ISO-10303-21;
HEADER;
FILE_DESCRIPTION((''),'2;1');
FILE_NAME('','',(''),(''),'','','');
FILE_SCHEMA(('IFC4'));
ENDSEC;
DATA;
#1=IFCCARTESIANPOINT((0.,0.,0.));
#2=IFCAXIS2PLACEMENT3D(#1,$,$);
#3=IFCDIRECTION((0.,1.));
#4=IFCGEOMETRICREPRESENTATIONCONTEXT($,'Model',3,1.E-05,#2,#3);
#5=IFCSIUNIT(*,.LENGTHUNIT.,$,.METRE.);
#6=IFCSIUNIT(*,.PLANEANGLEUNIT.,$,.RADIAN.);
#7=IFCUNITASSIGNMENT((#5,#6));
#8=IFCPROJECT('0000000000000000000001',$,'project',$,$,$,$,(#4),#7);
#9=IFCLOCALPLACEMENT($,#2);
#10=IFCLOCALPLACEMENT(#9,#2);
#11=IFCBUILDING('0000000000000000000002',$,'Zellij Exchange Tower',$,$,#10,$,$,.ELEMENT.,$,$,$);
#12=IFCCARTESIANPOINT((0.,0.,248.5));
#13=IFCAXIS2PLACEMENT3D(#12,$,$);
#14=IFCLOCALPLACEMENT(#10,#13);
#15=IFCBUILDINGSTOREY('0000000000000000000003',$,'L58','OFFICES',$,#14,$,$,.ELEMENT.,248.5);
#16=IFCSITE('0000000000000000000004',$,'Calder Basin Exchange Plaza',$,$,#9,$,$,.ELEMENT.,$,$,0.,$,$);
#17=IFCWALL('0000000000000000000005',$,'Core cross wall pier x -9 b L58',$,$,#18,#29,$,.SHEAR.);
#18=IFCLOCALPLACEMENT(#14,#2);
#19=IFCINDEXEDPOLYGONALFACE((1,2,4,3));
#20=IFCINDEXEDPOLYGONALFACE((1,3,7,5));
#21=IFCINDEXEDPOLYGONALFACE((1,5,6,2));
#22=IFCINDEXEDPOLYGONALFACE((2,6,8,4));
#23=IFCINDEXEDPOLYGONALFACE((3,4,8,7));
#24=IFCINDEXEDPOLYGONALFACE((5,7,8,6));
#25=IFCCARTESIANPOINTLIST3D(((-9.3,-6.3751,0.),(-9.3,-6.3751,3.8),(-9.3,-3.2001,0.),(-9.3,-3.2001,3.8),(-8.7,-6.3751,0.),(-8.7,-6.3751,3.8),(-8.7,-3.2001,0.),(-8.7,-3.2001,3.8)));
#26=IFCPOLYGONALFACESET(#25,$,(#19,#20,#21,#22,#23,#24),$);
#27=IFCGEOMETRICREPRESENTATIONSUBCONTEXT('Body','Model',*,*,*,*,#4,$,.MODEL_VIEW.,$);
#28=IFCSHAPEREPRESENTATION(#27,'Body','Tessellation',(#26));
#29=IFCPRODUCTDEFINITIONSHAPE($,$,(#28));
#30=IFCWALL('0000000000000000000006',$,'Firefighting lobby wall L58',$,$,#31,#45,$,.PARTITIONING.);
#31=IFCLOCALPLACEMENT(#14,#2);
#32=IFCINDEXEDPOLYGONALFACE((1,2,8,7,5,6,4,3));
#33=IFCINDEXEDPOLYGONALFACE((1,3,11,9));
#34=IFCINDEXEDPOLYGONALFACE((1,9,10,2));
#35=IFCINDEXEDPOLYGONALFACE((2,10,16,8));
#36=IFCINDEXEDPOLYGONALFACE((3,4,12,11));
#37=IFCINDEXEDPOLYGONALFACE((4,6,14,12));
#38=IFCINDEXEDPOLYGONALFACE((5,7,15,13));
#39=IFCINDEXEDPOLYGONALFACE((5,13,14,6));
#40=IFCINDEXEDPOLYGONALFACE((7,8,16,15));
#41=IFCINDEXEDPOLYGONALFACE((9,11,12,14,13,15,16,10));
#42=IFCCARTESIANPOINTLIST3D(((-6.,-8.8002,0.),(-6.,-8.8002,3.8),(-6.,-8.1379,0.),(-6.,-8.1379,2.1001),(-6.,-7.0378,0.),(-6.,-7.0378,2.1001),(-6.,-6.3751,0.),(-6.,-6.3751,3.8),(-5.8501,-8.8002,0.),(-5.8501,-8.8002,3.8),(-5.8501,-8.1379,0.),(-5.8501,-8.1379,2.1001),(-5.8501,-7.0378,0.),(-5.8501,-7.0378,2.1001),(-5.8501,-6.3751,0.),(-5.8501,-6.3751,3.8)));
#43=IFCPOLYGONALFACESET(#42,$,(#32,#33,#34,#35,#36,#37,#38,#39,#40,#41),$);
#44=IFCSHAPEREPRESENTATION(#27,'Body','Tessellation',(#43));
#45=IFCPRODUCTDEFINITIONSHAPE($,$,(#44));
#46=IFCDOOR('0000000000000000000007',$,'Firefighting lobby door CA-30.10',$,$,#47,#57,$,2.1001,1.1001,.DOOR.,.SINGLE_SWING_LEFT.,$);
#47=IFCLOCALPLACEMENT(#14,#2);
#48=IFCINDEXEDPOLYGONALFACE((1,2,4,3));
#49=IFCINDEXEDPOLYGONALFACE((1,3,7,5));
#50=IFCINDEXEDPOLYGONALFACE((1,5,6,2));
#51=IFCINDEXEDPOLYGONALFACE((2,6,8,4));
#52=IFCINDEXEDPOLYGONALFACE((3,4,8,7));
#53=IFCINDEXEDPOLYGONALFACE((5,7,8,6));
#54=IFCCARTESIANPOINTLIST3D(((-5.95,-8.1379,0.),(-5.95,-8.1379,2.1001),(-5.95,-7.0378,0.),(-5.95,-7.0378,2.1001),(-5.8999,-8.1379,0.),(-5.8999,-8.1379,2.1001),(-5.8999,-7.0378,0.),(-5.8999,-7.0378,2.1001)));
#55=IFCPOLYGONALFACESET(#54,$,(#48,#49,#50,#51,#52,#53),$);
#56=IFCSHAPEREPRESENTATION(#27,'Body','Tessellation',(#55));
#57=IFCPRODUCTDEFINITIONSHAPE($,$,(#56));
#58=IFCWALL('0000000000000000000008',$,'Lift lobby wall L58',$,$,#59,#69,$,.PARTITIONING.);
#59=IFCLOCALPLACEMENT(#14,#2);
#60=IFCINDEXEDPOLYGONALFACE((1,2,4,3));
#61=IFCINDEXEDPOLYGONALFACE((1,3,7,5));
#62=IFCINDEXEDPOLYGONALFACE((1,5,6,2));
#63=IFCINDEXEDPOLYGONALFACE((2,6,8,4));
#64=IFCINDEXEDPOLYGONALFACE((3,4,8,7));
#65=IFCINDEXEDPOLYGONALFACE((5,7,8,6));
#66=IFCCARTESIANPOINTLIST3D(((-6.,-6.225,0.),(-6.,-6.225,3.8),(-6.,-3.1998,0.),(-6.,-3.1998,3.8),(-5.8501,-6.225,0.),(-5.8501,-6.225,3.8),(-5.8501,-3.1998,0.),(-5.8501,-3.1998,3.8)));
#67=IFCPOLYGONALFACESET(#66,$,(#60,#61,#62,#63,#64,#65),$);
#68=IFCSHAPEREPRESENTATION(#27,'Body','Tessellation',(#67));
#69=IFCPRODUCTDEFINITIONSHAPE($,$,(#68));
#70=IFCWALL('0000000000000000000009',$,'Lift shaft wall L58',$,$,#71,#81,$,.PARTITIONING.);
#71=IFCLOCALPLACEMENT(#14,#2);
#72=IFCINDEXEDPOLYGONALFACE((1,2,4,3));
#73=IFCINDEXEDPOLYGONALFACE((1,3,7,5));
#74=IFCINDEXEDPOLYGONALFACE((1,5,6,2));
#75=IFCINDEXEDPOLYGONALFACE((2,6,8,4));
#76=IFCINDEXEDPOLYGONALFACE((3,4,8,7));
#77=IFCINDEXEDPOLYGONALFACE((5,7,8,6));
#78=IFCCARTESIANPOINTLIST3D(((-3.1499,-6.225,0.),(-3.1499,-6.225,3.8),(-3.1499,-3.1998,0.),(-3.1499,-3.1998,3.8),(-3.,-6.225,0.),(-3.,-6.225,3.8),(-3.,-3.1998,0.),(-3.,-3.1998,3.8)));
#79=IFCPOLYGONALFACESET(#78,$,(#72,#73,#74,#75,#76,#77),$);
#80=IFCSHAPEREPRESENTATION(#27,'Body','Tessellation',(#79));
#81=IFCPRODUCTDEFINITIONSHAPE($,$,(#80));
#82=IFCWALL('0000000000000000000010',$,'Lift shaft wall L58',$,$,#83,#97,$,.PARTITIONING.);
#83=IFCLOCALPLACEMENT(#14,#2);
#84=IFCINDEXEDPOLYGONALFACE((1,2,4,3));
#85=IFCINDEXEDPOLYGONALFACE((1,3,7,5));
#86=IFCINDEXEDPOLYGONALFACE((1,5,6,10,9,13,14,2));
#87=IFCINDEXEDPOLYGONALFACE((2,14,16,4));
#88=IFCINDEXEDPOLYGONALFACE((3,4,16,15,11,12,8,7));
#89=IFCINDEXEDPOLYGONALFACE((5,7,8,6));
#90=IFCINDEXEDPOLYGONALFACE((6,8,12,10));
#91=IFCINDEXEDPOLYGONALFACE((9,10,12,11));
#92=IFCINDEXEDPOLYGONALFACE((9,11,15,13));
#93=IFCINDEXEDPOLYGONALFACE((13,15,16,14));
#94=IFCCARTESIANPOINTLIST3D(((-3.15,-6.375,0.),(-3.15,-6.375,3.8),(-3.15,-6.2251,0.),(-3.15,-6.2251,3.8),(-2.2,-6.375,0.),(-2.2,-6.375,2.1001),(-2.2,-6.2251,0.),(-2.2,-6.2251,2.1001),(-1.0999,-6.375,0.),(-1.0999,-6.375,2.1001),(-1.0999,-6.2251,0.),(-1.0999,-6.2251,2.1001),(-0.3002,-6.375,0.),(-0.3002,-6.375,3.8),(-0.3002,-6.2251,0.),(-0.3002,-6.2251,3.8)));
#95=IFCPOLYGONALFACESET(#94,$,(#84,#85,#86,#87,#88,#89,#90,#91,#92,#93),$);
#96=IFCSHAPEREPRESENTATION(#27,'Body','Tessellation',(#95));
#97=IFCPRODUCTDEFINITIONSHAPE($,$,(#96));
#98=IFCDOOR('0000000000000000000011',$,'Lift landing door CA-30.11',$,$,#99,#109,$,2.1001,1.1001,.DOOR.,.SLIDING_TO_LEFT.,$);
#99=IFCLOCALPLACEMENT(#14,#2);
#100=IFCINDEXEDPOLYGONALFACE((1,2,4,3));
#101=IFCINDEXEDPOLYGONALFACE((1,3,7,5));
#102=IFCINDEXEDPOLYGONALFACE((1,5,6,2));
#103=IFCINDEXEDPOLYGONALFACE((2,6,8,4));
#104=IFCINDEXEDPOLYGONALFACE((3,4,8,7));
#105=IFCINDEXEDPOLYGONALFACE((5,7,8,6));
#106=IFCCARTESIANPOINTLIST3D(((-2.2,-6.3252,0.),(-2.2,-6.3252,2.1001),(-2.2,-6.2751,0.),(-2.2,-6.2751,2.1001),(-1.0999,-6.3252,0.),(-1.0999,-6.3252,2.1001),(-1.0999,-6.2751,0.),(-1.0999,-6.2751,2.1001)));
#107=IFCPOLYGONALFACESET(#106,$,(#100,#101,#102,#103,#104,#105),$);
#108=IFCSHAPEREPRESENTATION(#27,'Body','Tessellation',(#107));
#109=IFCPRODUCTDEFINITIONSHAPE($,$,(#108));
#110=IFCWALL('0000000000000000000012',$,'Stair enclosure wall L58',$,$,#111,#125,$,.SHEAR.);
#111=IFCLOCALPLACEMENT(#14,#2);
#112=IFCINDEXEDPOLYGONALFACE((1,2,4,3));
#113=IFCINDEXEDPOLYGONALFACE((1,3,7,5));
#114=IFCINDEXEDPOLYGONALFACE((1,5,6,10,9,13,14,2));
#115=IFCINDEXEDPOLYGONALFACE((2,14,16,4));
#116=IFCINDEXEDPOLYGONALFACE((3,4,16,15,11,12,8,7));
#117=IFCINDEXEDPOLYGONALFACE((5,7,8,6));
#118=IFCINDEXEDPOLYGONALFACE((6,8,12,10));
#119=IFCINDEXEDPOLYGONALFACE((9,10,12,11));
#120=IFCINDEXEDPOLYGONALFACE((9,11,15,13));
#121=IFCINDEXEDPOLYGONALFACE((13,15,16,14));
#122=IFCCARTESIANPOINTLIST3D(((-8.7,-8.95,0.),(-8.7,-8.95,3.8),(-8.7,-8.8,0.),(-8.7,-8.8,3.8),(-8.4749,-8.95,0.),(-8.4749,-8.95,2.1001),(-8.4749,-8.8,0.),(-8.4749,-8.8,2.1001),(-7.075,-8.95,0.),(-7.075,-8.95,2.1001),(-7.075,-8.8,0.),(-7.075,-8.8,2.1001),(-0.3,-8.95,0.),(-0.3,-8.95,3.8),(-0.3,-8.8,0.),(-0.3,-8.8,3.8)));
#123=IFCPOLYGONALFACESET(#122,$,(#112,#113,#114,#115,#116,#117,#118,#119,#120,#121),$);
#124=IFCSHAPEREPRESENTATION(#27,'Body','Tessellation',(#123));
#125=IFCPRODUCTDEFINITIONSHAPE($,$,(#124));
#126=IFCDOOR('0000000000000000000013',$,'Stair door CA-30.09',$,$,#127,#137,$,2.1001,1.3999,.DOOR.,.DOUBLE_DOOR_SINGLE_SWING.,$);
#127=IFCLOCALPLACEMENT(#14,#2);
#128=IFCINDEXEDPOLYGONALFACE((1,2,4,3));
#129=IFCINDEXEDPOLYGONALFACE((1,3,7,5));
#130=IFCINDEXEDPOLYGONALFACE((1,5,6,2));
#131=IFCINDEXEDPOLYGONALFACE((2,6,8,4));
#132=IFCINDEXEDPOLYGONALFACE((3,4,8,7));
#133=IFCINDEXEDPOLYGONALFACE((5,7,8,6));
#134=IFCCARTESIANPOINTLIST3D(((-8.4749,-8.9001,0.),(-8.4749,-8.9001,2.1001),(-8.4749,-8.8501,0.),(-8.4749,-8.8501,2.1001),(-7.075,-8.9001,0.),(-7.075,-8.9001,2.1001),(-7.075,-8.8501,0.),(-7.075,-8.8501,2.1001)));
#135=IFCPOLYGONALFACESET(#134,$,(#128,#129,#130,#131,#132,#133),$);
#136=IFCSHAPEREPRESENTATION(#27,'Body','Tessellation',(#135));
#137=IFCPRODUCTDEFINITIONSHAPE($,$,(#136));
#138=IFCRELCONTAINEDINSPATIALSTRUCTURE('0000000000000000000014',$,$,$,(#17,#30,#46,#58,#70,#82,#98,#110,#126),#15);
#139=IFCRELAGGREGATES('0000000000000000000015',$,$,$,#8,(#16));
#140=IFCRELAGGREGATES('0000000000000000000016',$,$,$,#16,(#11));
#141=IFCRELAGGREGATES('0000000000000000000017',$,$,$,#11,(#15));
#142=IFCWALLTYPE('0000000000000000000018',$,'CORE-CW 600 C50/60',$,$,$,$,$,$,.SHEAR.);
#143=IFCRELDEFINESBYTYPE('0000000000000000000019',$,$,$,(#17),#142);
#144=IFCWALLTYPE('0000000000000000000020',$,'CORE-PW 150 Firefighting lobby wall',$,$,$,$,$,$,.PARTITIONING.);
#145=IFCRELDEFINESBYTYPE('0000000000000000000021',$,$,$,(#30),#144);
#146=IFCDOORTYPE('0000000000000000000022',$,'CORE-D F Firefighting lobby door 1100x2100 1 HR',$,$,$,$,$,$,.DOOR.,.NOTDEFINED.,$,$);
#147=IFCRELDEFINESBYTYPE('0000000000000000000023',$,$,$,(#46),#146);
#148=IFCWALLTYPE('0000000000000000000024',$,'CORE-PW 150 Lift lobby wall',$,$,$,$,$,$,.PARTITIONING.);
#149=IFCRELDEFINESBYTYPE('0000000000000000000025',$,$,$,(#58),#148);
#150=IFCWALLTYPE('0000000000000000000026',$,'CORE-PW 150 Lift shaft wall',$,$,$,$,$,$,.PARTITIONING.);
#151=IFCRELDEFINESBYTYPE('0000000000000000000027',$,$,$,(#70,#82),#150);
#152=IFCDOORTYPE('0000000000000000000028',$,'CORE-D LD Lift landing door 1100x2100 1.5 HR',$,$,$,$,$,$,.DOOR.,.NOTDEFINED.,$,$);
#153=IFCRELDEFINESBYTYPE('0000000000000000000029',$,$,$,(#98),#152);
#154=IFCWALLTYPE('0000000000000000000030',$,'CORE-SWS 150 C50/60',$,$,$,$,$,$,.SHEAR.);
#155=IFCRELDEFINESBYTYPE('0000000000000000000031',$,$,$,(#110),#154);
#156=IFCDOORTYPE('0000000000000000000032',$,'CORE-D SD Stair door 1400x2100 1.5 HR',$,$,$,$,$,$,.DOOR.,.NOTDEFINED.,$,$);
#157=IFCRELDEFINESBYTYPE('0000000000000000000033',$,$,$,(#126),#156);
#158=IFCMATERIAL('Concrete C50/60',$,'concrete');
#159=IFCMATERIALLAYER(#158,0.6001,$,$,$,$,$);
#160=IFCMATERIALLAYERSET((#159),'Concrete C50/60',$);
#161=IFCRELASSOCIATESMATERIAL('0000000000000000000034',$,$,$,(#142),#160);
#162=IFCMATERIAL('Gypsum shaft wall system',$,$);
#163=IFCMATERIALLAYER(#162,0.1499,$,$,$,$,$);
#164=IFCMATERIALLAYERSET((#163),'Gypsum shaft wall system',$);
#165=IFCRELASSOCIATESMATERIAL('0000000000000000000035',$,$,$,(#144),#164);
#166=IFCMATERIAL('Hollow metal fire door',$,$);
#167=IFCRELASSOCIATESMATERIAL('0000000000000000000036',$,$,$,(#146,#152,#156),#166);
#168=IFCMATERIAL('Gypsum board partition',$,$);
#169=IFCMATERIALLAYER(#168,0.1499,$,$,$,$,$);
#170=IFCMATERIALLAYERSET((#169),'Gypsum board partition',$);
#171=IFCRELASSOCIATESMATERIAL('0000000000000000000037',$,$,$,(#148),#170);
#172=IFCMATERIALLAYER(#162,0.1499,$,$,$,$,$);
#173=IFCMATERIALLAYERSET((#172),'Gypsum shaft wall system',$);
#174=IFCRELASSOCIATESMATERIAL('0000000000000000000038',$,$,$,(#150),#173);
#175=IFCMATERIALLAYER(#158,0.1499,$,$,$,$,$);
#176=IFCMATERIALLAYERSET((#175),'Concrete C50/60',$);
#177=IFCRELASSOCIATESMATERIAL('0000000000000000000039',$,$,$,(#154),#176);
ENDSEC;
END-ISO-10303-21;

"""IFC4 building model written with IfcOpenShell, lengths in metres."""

from ifc_helpers import new_model, si_unit, direction, frame, frame_2d, origin, place, context, subcontext, project, spatial, rectangle, extrude, material, layer, layer_set, type_object, element, fill, save


model = new_model("IFC4")

# Units and contexts
model_context = context("Model", 3, precision=1e-05, world=origin(), true_north=direction((0.0, 1.0)))
body_context = subcontext(model_context, "Body", "Model", "MODEL_VIEW")
ifc_project = project(units=[si_unit("LENGTHUNIT", "METRE"), si_unit("PLANEANGLEUNIT", "RADIAN")], contexts=[model_context])

# Site, building, storey
site_placement = place(None, origin())
site = spatial("IfcSite", under=ifc_project, at=site_placement, Name="Calder Basin Exchange Plaza", CompositionType="ELEMENT", RefElevation=0.0)
building_placement = place(site_placement, origin())
building = spatial("IfcBuilding", under=site, at=building_placement, Name="Zellij Exchange Tower", CompositionType="ELEMENT")
storey_placement = place(building_placement, frame((0.0, 0.0, 248.5)))
storey = spatial("IfcBuildingStorey", under=building, at=storey_placement, Name="L58", Description="OFFICES", CompositionType="ELEMENT", Elevation=248.5)

# Shared definitions
ifc_material_1 = material(Name="Concrete C50/60", Category="concrete")

# Wall
ifc_layer_1 = layer(ifc_material_1, 0.6001)
ifc_layer_set_1 = layer_set([ifc_layer_1], Name="Concrete C50/60")
wall_type_1 = type_object("IfcWallType", Name="CORE-CW 600 C50/60", PredefinedType="SHEAR", material=ifc_layer_set_1)
wall_1_placement = place(storey_placement, frame((-9.0, -6.375, 0.0), z_axis=(0.0, 0.0, 1.0), x_axis=(0.0, 1.0, 0.0)))
element("IfcWall", 1, at=wall_1_placement, inside=storey, type_object=wall_type_1, Name="Core cross wall pier x -9 b L58", PredefinedType="SHEAR", context=body_context, shape_type="SweptSolid", body=[
    extrude(rectangle(XDim=3.175, YDim=0.6001, at=frame_2d((1.5874, 0.0))), origin(), (0.0, 0.0, 1.0), 3.8),
])

# Wall, opening, door
ifc_material_2 = material(Name="Gypsum shaft wall system")
ifc_layer_2 = layer(ifc_material_2, 0.1499)
ifc_layer_set_2 = layer_set([ifc_layer_2], Name="Gypsum shaft wall system")
wall_type_2 = type_object("IfcWallType", Name="CORE-PW 150 Firefighting lobby wall", PredefinedType="PARTITIONING", material=ifc_layer_set_2)
wall_2_placement = place(storey_placement, frame((-5.925, -8.8, 0.0), z_axis=(0.0, 0.0, 1.0), x_axis=(0.0, 1.0, 0.0)))
wall_2 = element("IfcWall", 2, at=wall_2_placement, inside=storey, type_object=wall_type_2, Name="Firefighting lobby wall L58", PredefinedType="PARTITIONING", context=body_context, shape_type="SweptSolid", body=[
    extrude(rectangle(XDim=2.425, YDim=0.1499, at=frame_2d((1.2124, 0.0))), origin(), (0.0, 0.0, 1.0), 3.8),
])
opening_1_placement = place(wall_2_placement, frame((0.6621, 0.0, 0.0)))
opening_1 = element("IfcOpeningElement", 3, at=opening_1_placement, cuts=wall_2, PredefinedType="OPENING", context=body_context, shape_type="SweptSolid", body=[
    extrude(rectangle(XDim=1.1001, YDim=2.1001, at=frame_2d((0.55, 1.05))), frame((0.0, 0.0869, 0.0), z_axis=(0.0, -1.0, 0.0), x_axis=(1.0, 0.0, 0.0)), (0.0, 0.0, 1.0), 0.1738),
])
ifc_material_3 = material(Name="Hollow metal fire door")
door_type_1 = type_object("IfcDoorType", Name="CORE-D F Firefighting lobby door 1100x2100 1 HR", OperationType="NOTDEFINED", PredefinedType="DOOR", material=ifc_material_3)
door_1_placement = place(opening_1_placement, origin())
door_1 = element("IfcDoor", 4, at=door_1_placement, inside=storey, type_object=door_type_1, Name="Firefighting lobby door CA-30.10", OperationType="SINGLE_SWING_LEFT", OverallHeight=2.1001, OverallWidth=1.1001, PredefinedType="DOOR", context=body_context, shape_type="SweptSolid", body=[
    extrude(rectangle(XDim=1.1001, YDim=2.1001, at=frame_2d((0.55, 1.05))), frame((0.0, 0.0249, 0.0), z_axis=(0.0, -1.0, 0.0), x_axis=(1.0, 0.0, 0.0)), (0.0, 0.0, 1.0), 0.05),
])
fill(opening_1, door_1)

# Walls
ifc_material_4 = material(Name="Gypsum board partition")
ifc_layer_3 = layer(ifc_material_4, 0.1499)
ifc_layer_set_3 = layer_set([ifc_layer_3], Name="Gypsum board partition")
wall_type_3 = type_object("IfcWallType", Name="CORE-PW 150 Lift lobby wall", PredefinedType="PARTITIONING", material=ifc_layer_set_3)
wall_3_placement = place(storey_placement, frame((-5.925, -6.2251, 0.0), z_axis=(0.0, 0.0, 1.0), x_axis=(0.0, 1.0, 0.0)))
element("IfcWall", 5, at=wall_3_placement, inside=storey, type_object=wall_type_3, Name="Lift lobby wall L58", PredefinedType="PARTITIONING", context=body_context, shape_type="SweptSolid", body=[
    extrude(rectangle(XDim=3.0251, YDim=0.1499, at=frame_2d((1.5127, 0.0))), origin(), (0.0, 0.0, 1.0), 3.8),
])
ifc_layer_4 = layer(ifc_material_2, 0.1499)
ifc_layer_set_4 = layer_set([ifc_layer_4], Name="Gypsum shaft wall system")
wall_type_4 = type_object("IfcWallType", Name="CORE-PW 150 Lift shaft wall", PredefinedType="PARTITIONING", material=ifc_layer_set_4)
wall_4_placement = place(storey_placement, frame((-3.075, -6.2251, 0.0), z_axis=(0.0, 0.0, 1.0), x_axis=(0.0, 1.0, 0.0)))
element("IfcWall", 6, at=wall_4_placement, inside=storey, type_object=wall_type_4, Name="Lift shaft wall L58", PredefinedType="PARTITIONING", context=body_context, shape_type="SweptSolid", body=[
    extrude(rectangle(XDim=3.0251, YDim=0.1499, at=frame_2d((1.5127, 0.0))), origin(), (0.0, 0.0, 1.0), 3.8),
])

# Walls, openings, doors
wall_5_placement = place(storey_placement, frame((-3.1499, -6.3, 0.0), z_axis=(0.0, 0.0, 1.0), x_axis=(1.0, 0.0, 0.0)))
wall_5 = element("IfcWall", 7, at=wall_5_placement, inside=storey, type_object=wall_type_4, Name="Lift shaft wall L58", PredefinedType="PARTITIONING", context=body_context, shape_type="SweptSolid", body=[
    extrude(rectangle(XDim=2.8499, YDim=0.1499, at=frame_2d((1.4248, 0.0))), origin(), (0.0, 0.0, 1.0), 3.8),
])
opening_2_placement = place(wall_5_placement, frame((0.95, 0.0, 0.0)))
opening_2 = element("IfcOpeningElement", 8, at=opening_2_placement, cuts=wall_5, PredefinedType="OPENING", context=body_context, shape_type="SweptSolid", body=[
    extrude(rectangle(XDim=1.1001, YDim=2.1001, at=frame_2d((0.55, 1.05))), frame((0.0, 0.0869, 0.0), z_axis=(0.0, -1.0, 0.0), x_axis=(1.0, 0.0, 0.0)), (0.0, 0.0, 1.0), 0.1738),
])
door_type_2 = type_object("IfcDoorType", Name="CORE-D LD Lift landing door 1100x2100 1.5 HR", OperationType="NOTDEFINED", PredefinedType="DOOR", material=ifc_material_3)
door_2_placement = place(opening_2_placement, origin())
door_2 = element("IfcDoor", 9, at=door_2_placement, inside=storey, type_object=door_type_2, Name="Lift landing door CA-30.11", OperationType="SLIDING_TO_LEFT", OverallHeight=2.1001, OverallWidth=1.1001, PredefinedType="DOOR", context=body_context, shape_type="SweptSolid", body=[
    extrude(rectangle(XDim=1.1001, YDim=2.1001, at=frame_2d((0.55, 1.05))), frame((0.0, 0.0249, 0.0), z_axis=(0.0, -1.0, 0.0), x_axis=(1.0, 0.0, 0.0)), (0.0, 0.0, 1.0), 0.05),
])
fill(opening_2, door_2)
ifc_layer_5 = layer(ifc_material_1, 0.1499)
ifc_layer_set_5 = layer_set([ifc_layer_5], Name="Concrete C50/60")
wall_type_5 = type_object("IfcWallType", Name="CORE-SWS 150 C50/60", PredefinedType="SHEAR", material=ifc_layer_set_5)
wall_6_placement = place(storey_placement, frame((-8.7, -8.875, 0.0), z_axis=(0.0, 0.0, 1.0), x_axis=(1.0, 0.0, 0.0)))
wall_6 = element("IfcWall", 10, at=wall_6_placement, inside=storey, type_object=wall_type_5, Name="Stair enclosure wall L58", PredefinedType="SHEAR", context=body_context, shape_type="SweptSolid", body=[
    extrude(rectangle(XDim=8.3999, YDim=0.1499, at=frame_2d((4.2, 0.0))), origin(), (0.0, 0.0, 1.0), 3.8),
])
opening_3_placement = place(wall_6_placement, frame((0.2251, 0.0, 0.0)))
opening_3 = element("IfcOpeningElement", 11, at=opening_3_placement, cuts=wall_6, PredefinedType="OPENING", context=body_context, shape_type="SweptSolid", body=[
    extrude(rectangle(XDim=1.3999, YDim=2.1001, at=frame_2d((0.7, 1.05))), frame((0.0, 0.0869, 0.0), z_axis=(0.0, -1.0, 0.0), x_axis=(1.0, 0.0, 0.0)), (0.0, 0.0, 1.0), 0.1738),
])
door_type_3 = type_object("IfcDoorType", Name="CORE-D SD Stair door 1400x2100 1.5 HR", OperationType="NOTDEFINED", PredefinedType="DOOR", material=ifc_material_3)
door_3_placement = place(opening_3_placement, origin())
door_3 = element("IfcDoor", 12, at=door_3_placement, inside=storey, type_object=door_type_3, Name="Stair door CA-30.09", OperationType="DOUBLE_DOOR_SINGLE_SWING", OverallHeight=2.1001, OverallWidth=1.3999, PredefinedType="DOOR", context=body_context, shape_type="SweptSolid", body=[
    extrude(rectangle(XDim=1.3999, YDim=2.1001, at=frame_2d((0.7, 1.05))), frame((0.0, 0.0249, 0.0), z_axis=(0.0, -1.0, 0.0), x_axis=(1.0, 0.0, 0.0)), (0.0, 0.0, 1.0), 0.05),
])
fill(opening_3, door_3)

save(model, "model.ifc")
